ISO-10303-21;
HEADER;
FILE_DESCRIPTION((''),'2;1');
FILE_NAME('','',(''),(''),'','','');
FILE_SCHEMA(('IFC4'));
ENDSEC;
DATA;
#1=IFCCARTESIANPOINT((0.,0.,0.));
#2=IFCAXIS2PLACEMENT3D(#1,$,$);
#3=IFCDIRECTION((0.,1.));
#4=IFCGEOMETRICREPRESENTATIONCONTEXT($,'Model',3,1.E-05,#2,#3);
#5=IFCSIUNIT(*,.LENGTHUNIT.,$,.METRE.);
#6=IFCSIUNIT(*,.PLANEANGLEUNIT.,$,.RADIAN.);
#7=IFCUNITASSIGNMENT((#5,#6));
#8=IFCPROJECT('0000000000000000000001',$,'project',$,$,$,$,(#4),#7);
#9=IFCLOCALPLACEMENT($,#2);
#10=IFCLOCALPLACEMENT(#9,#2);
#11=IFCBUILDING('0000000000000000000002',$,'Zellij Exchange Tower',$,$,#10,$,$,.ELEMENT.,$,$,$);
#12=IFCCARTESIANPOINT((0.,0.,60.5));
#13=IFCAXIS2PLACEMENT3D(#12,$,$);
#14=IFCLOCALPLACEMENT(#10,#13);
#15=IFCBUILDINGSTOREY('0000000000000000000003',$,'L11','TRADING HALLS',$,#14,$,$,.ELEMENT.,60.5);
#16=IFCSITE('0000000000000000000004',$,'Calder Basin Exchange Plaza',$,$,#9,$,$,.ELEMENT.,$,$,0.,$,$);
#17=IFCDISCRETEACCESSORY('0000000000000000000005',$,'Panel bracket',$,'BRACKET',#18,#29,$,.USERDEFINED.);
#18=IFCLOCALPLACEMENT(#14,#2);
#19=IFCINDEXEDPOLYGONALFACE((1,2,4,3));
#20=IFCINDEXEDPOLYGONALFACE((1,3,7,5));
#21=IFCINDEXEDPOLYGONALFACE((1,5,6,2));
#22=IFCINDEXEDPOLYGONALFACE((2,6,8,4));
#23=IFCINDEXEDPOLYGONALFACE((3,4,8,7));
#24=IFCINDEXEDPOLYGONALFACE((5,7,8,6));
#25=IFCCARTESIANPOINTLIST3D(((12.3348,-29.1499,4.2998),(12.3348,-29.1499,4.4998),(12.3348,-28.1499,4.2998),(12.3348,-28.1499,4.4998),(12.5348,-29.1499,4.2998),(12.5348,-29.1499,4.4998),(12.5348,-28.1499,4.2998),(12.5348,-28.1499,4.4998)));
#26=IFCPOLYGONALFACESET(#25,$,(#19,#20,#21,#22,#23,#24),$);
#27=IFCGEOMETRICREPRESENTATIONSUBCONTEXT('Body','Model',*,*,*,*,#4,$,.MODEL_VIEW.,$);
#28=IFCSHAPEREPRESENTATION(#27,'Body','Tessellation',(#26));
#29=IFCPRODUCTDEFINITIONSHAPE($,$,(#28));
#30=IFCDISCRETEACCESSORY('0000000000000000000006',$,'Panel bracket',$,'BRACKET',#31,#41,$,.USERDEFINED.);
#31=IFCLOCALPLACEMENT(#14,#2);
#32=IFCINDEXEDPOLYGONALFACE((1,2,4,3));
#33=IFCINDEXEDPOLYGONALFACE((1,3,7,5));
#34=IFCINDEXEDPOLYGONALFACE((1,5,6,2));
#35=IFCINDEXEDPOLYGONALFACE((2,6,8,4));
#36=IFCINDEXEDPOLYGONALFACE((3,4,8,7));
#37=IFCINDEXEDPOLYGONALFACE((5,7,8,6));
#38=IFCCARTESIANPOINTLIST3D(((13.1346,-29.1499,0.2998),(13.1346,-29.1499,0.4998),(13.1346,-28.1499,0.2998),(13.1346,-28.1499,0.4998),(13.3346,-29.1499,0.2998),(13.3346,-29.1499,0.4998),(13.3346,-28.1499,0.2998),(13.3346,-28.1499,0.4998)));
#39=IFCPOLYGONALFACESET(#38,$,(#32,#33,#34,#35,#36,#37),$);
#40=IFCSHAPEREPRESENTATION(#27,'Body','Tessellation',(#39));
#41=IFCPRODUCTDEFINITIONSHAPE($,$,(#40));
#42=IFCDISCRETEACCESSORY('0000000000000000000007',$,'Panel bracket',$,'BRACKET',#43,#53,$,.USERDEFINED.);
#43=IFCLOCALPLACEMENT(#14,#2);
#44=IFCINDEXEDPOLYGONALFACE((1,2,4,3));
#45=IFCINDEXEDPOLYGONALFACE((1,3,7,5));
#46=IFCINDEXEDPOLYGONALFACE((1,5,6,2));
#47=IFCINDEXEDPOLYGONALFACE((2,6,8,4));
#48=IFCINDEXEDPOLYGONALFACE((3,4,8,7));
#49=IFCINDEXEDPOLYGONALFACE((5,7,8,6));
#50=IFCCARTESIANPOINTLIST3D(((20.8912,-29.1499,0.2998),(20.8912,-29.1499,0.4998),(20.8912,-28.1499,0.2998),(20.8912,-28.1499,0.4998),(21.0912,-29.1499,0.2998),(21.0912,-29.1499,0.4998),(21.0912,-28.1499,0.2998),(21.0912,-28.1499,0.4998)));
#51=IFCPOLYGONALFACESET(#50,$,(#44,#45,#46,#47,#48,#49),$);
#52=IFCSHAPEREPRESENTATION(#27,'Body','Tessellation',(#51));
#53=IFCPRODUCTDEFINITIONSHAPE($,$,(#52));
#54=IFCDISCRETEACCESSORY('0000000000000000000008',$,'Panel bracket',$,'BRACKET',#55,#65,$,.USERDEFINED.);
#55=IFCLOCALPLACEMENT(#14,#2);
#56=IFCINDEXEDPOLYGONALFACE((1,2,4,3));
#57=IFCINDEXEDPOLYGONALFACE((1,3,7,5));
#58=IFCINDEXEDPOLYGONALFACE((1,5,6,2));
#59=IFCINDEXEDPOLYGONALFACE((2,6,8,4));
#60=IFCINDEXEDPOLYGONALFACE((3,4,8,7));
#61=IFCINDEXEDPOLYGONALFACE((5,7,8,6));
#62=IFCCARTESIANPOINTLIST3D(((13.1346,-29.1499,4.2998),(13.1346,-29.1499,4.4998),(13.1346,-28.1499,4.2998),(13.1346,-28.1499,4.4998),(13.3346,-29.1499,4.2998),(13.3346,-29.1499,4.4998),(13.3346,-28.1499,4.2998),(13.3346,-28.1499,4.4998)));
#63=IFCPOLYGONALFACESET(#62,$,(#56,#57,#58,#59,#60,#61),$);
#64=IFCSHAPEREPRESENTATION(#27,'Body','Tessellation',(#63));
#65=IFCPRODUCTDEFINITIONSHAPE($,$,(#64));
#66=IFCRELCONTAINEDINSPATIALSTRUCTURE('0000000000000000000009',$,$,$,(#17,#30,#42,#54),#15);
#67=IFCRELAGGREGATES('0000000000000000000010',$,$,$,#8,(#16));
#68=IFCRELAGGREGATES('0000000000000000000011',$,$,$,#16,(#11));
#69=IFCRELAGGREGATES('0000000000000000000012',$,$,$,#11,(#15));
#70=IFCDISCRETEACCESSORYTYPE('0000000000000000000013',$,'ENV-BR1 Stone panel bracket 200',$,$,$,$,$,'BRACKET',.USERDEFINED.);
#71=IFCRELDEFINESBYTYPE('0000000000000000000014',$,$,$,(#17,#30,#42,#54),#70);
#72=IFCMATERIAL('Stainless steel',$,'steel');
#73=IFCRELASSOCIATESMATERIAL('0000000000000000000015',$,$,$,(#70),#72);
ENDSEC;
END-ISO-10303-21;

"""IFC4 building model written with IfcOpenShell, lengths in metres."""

from ifc_helpers import new_model, si_unit, direction, frame, origin, origin_2d, place, context, subcontext, project, spatial, rectangle, extrude, material, type_object, element, save


model = new_model("IFC4")

# Units and contexts
model_context = context("Model", 3, precision=1e-05, world=origin(), true_north=direction((0.0, 1.0)))
body_context = subcontext(model_context, "Body", "Model", "MODEL_VIEW")
ifc_project = project(units=[si_unit("LENGTHUNIT", "METRE"), si_unit("PLANEANGLEUNIT", "RADIAN")], contexts=[model_context])

# Site, building, storey
site_placement = place(None, origin())
site = spatial("IfcSite", under=ifc_project, at=site_placement, Name="Calder Basin Exchange Plaza", CompositionType="ELEMENT", RefElevation=0.0)
building_placement = place(site_placement, origin())
building = spatial("IfcBuilding", under=site, at=building_placement, Name="Zellij Exchange Tower", CompositionType="ELEMENT")
storey_placement = place(building_placement, frame((0.0, 0.0, 60.5)))
storey = spatial("IfcBuildingStorey", under=building, at=storey_placement, Name="L11", Description="TRADING HALLS", CompositionType="ELEMENT", Elevation=60.5)

# Discrete accessories
ifc_material_1 = material(Name="Stainless steel", Category="steel")
discrete_accessory_type = type_object("IfcDiscreteAccessoryType", Name="ENV-BR1 Stone panel bracket 200", ElementType="BRACKET", PredefinedType="USERDEFINED", material=ifc_material_1)
for number, where, z_axis, x_axis, name in (
    (1, (12.4348, -28.6499, 4.2998), (0.0, 0.0, 1.0), (1.0, 0.0, 0.0), "Panel bracket"),
    (2, (13.2346, -28.6499, 0.2998), (0.0, 0.0, 1.0), (1.0, 0.0, 0.0), "Panel bracket"),
    (3, (20.9912, -28.6499, 0.2998), (0.0, 0.0, 1.0), (1.0, 0.0, 0.0), "Panel bracket"),
    (4, (13.2346, -28.6499, 4.2998), (0.0, 0.0, 1.0), (1.0, 0.0, 0.0), "Panel bracket"),
):
    element("IfcDiscreteAccessory", number, at=place(storey_placement, frame(where, z_axis=z_axis, x_axis=x_axis)), inside=storey, type_object=discrete_accessory_type, Name=name, ObjectType="BRACKET", PredefinedType="USERDEFINED", context=body_context, shape_type="SweptSolid", body=[
        extrude(rectangle(XDim=0.2, YDim=1.0, at=origin_2d()), origin(), (0.0, 0.0, 1.0), 0.2),
    ])

save(model, "model.ifc")
